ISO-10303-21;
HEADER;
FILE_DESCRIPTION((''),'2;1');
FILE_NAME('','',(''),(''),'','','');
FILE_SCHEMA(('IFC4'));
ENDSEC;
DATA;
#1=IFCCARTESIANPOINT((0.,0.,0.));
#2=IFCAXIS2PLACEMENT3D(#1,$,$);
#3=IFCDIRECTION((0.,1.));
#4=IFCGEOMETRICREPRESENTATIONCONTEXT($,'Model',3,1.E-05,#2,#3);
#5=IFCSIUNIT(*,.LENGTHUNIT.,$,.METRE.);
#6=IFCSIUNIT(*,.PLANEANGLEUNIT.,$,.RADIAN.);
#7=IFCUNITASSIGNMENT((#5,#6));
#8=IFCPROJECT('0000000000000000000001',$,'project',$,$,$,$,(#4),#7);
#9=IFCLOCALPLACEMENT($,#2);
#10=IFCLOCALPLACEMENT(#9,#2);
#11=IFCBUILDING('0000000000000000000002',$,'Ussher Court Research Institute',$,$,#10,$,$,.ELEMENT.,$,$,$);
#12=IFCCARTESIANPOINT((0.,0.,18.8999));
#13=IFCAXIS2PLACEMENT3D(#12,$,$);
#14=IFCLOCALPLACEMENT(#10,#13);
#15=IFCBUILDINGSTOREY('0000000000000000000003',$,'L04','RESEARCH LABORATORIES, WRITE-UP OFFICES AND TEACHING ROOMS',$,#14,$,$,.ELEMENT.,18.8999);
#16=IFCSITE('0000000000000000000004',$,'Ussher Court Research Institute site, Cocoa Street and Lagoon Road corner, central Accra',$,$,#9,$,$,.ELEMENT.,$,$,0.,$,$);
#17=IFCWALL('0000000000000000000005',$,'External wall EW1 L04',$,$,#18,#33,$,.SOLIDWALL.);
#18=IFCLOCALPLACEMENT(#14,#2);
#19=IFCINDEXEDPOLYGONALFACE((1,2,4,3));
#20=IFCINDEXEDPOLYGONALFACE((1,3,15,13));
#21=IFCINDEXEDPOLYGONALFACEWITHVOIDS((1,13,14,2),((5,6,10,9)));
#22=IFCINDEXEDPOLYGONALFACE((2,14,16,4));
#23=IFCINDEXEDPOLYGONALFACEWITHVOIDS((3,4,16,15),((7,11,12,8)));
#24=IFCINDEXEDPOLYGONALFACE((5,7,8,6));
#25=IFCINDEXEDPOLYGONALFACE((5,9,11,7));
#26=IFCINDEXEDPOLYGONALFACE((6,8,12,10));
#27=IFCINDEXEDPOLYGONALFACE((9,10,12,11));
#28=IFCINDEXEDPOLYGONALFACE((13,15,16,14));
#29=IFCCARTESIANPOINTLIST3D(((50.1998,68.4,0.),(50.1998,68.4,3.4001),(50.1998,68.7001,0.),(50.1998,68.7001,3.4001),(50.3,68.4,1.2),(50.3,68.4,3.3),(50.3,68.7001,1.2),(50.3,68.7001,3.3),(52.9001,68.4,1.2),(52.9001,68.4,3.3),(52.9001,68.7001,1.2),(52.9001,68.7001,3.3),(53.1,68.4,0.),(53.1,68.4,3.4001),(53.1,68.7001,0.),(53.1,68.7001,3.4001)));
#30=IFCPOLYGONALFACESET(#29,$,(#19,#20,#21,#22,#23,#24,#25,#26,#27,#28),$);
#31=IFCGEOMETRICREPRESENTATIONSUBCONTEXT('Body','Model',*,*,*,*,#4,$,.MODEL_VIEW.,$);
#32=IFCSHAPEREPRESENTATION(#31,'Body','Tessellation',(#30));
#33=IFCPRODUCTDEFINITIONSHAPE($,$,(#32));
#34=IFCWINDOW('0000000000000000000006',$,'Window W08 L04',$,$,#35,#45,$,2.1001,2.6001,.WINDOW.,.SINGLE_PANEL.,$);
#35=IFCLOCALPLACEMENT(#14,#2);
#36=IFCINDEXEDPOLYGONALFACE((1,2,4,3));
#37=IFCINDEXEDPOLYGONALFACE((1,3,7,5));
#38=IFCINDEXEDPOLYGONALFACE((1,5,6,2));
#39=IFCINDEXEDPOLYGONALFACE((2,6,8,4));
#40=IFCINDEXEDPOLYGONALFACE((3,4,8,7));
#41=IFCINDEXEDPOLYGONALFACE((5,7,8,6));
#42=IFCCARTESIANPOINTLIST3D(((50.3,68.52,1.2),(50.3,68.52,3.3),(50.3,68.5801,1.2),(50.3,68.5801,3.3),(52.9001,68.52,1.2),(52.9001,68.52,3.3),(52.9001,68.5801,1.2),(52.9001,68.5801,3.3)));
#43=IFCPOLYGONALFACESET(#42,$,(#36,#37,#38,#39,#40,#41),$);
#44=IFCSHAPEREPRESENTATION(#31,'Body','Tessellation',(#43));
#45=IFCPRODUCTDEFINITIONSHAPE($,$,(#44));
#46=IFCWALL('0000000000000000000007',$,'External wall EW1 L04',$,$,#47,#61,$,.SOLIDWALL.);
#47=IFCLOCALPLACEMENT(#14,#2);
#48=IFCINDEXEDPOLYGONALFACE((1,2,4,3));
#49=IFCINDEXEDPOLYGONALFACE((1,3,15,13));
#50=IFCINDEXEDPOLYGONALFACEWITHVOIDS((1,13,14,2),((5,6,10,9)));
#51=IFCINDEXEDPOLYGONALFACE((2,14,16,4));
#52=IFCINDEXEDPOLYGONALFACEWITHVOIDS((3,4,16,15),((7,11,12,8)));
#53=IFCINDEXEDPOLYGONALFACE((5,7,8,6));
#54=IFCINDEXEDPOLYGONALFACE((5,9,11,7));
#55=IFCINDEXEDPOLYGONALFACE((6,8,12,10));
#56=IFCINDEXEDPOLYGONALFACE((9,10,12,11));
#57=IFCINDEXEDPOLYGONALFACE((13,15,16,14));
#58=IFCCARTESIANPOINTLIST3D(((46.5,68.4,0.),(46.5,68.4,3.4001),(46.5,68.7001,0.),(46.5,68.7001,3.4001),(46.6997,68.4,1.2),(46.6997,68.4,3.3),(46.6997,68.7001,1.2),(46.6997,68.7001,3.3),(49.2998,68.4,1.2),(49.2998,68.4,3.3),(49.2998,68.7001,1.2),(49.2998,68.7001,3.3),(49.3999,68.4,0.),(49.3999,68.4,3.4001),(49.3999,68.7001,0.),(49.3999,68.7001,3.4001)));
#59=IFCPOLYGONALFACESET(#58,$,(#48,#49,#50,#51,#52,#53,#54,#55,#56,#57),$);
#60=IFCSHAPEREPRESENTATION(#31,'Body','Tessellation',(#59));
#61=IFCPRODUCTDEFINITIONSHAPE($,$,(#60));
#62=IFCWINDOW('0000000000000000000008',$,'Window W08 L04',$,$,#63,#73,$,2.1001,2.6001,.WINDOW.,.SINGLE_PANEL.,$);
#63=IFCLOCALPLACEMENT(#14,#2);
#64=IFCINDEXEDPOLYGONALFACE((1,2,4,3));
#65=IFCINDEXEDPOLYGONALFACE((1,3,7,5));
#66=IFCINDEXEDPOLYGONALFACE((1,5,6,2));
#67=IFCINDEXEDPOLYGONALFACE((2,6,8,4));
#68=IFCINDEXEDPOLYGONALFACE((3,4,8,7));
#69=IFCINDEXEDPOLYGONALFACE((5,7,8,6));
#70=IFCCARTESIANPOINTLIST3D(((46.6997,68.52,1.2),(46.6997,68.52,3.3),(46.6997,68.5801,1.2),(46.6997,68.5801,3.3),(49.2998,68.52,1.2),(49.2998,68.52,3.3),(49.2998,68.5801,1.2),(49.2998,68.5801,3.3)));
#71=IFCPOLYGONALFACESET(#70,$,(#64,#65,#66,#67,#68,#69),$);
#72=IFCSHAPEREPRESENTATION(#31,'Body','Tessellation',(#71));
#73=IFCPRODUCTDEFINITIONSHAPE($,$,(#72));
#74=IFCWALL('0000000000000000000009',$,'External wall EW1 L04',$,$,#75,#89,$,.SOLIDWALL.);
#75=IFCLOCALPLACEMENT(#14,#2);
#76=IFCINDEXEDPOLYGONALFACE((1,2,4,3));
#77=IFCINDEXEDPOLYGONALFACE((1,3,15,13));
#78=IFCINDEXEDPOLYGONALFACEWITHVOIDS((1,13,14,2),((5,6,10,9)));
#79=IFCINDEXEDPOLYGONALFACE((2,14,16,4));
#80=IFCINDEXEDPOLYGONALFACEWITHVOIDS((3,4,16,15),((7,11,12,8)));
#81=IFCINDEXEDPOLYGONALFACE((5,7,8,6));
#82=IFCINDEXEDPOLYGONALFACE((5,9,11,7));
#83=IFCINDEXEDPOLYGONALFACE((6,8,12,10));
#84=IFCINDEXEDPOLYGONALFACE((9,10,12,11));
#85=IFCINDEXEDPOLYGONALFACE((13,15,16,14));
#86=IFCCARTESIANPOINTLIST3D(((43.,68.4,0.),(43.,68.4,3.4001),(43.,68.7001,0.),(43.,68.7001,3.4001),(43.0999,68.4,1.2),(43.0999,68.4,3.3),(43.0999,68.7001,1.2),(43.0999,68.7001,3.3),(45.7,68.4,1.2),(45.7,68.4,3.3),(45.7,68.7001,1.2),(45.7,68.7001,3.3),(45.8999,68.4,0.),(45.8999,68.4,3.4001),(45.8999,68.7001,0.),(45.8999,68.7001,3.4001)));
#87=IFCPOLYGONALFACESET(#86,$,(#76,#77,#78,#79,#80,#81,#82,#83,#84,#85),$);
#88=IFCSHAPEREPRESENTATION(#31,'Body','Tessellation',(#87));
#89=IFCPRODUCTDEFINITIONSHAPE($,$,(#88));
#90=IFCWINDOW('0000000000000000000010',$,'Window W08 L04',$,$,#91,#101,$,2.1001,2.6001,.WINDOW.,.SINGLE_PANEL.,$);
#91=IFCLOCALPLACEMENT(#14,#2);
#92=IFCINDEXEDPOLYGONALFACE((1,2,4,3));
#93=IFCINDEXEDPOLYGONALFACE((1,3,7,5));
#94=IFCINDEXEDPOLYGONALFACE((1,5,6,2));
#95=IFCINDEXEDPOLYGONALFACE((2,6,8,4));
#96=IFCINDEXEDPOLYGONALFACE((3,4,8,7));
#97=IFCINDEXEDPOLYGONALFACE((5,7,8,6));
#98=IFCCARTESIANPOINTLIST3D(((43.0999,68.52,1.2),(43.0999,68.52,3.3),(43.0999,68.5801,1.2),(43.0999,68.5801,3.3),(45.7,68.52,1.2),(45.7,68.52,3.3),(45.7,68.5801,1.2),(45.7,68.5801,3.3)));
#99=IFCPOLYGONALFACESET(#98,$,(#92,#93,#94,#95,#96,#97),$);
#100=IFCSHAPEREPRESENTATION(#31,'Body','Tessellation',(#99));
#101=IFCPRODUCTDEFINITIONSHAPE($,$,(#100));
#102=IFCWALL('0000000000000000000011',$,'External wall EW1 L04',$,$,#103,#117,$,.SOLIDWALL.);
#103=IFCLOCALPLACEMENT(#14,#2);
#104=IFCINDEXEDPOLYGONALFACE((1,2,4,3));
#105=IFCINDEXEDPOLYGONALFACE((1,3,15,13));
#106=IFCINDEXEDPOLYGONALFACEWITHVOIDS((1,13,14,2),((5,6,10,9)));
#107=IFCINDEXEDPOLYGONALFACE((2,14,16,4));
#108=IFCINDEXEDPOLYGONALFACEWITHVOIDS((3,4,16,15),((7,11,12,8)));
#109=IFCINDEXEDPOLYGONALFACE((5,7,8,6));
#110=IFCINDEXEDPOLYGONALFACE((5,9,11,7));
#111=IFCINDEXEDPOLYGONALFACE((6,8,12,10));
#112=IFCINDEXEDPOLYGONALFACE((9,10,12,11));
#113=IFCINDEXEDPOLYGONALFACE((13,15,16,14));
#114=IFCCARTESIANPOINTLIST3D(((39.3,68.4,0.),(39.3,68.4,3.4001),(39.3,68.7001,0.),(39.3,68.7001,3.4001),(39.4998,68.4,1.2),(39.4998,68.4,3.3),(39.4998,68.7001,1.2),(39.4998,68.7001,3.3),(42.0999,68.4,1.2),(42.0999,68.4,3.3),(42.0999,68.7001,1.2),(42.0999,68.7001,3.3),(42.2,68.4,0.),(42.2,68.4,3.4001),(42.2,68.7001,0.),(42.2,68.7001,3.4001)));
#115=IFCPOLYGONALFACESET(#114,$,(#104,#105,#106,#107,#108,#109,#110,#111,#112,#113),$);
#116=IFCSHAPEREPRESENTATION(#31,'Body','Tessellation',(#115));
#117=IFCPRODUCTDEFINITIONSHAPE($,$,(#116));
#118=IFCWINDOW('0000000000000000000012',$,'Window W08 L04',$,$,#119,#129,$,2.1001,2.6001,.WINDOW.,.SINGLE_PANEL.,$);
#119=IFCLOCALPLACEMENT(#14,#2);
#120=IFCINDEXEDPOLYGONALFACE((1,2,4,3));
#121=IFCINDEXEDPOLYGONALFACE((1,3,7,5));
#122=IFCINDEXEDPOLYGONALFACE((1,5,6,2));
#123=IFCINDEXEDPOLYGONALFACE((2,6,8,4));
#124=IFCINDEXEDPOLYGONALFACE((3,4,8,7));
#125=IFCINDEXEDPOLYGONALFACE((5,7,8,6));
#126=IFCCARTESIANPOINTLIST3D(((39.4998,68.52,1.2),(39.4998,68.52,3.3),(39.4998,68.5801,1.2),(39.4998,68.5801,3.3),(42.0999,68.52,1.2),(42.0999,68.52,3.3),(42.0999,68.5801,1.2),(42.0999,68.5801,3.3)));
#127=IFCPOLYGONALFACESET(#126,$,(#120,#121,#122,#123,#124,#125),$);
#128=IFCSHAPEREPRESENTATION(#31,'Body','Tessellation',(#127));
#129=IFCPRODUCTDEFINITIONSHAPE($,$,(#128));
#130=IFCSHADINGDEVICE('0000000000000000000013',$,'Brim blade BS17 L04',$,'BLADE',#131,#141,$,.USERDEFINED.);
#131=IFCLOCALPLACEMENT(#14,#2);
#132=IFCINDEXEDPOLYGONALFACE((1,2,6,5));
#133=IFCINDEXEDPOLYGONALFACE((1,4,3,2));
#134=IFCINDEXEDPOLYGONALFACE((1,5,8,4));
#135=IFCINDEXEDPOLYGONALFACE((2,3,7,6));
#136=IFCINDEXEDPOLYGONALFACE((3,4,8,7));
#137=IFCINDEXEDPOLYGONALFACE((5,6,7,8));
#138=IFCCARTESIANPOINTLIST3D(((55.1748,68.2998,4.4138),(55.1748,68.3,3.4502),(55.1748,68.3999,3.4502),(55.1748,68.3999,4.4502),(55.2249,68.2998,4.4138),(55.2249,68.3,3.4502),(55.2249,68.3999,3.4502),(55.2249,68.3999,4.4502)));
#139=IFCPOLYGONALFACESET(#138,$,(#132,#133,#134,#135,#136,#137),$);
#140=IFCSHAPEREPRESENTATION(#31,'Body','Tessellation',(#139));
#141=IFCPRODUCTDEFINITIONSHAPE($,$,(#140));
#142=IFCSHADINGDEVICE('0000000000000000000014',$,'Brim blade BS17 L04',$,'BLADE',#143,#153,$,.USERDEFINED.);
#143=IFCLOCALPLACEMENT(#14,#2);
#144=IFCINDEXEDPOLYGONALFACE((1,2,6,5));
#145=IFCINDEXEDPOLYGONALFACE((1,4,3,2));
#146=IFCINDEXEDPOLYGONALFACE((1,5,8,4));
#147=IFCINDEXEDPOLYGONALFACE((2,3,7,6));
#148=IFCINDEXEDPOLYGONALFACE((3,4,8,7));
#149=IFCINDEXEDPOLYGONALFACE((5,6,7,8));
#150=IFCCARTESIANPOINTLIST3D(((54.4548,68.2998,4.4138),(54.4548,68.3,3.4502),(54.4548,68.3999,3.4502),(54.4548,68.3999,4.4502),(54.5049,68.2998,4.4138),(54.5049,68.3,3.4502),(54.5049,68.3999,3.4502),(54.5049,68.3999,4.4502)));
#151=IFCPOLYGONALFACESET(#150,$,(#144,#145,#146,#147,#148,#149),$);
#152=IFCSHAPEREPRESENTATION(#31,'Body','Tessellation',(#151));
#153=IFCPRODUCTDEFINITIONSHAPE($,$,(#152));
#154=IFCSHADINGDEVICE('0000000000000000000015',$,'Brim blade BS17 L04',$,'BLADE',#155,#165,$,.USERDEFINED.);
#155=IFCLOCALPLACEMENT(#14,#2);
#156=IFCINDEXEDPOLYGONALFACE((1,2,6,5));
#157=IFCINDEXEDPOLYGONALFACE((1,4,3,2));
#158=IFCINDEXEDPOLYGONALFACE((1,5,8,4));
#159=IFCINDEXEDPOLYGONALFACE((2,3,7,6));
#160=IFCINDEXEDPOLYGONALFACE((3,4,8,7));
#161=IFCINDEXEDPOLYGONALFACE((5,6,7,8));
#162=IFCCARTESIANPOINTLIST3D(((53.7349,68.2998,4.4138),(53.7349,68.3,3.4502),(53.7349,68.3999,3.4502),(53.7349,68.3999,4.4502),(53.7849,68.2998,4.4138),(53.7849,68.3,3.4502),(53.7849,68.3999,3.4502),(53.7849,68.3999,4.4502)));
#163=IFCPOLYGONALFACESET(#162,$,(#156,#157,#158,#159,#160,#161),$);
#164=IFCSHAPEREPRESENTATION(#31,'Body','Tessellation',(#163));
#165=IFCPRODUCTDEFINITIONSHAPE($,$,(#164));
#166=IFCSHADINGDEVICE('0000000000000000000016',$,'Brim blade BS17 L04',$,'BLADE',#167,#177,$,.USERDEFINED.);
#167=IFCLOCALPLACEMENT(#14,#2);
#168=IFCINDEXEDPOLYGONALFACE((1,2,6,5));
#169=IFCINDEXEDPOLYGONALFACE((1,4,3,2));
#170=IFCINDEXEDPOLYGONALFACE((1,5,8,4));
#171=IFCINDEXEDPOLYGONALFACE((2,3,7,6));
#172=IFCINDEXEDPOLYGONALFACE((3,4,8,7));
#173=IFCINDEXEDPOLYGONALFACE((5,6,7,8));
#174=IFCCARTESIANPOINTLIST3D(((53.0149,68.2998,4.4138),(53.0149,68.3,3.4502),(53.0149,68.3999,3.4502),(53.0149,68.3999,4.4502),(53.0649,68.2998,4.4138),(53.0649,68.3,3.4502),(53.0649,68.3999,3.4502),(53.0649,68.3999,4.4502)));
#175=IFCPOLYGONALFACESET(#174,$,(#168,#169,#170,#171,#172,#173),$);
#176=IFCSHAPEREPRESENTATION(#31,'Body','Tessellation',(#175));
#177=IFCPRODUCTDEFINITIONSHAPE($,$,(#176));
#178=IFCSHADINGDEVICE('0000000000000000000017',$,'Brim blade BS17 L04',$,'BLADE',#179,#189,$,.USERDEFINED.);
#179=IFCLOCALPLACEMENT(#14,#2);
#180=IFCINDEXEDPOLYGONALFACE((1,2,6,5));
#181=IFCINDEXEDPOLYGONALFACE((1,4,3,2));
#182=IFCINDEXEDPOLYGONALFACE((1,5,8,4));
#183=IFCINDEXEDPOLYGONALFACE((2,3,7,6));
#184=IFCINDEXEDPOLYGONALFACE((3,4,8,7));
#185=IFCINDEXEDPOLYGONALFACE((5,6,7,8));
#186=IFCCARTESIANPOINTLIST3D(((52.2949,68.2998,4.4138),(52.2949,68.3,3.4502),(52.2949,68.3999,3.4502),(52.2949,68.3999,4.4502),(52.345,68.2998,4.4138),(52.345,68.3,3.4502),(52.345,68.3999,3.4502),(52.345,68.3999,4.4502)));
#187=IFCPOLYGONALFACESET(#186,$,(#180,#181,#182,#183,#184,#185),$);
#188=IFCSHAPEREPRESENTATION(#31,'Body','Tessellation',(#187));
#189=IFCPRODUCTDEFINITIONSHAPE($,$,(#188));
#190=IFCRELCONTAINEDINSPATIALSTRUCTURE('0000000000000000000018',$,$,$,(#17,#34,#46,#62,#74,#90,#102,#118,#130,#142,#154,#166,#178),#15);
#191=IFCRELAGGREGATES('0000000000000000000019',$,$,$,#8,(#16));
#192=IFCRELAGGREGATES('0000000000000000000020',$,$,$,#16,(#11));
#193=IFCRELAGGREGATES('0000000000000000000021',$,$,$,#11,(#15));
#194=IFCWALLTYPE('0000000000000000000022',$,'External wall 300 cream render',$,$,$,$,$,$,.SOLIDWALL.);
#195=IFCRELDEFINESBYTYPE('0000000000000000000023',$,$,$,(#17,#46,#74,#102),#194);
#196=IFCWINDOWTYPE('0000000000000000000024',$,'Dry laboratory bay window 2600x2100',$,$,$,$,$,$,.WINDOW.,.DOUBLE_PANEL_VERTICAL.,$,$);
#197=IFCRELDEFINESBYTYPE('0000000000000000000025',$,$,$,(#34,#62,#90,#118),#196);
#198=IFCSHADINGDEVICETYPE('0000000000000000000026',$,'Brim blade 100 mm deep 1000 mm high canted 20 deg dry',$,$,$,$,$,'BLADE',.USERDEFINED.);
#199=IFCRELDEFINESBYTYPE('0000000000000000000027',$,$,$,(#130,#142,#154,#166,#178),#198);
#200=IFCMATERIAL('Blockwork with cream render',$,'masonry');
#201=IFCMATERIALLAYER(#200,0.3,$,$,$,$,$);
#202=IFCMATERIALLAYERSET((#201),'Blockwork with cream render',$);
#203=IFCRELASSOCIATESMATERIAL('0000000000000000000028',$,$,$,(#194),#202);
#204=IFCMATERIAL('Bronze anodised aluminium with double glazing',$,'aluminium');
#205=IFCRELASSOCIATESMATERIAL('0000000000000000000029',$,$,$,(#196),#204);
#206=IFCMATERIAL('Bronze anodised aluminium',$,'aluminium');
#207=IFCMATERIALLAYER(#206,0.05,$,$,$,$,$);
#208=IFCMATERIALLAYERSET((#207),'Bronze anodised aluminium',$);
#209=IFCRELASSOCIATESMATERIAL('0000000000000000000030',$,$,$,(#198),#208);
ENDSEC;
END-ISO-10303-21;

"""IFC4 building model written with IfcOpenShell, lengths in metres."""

from ifc_helpers import new_model, si_unit, direction, frame, frame_2d, origin, place, context, subcontext, project, spatial, polyline, rectangle, outline, extrude, material, layer, layer_set, type_object, element, fill, save


model = new_model("IFC4")

# Units and contexts
model_context = context("Model", 3, precision=1e-05, world=origin(), true_north=direction((0.0, 1.0)))
body_context = subcontext(model_context, "Body", "Model", "MODEL_VIEW")
ifc_project = project(units=[si_unit("LENGTHUNIT", "METRE"), si_unit("PLANEANGLEUNIT", "RADIAN")], contexts=[model_context])

# Site, building, storey
site_placement = place(None, origin())
site = spatial("IfcSite", under=ifc_project, at=site_placement, Name="Ussher Court Research Institute site, Cocoa Street and Lagoon Road corner, central Accra", CompositionType="ELEMENT", RefElevation=0.0)
building_placement = place(site_placement, origin())
building = spatial("IfcBuilding", under=site, at=building_placement, Name="Ussher Court Research Institute", CompositionType="ELEMENT")
storey_placement = place(building_placement, frame((0.0, 0.0, 18.8999)))
storey = spatial("IfcBuildingStorey", under=building, at=storey_placement, Name="L04", Description="RESEARCH LABORATORIES, WRITE-UP OFFICES AND TEACHING ROOMS", CompositionType="ELEMENT", Elevation=18.8999)

# Walls, openings, windows
ifc_material_1 = material(Name="Blockwork with cream render", Category="masonry")
ifc_layer_1 = layer(ifc_material_1, 0.3)
ifc_layer_set_1 = layer_set([ifc_layer_1], Name="Blockwork with cream render")
wall_type = type_object("IfcWallType", Name="External wall 300 cream render", PredefinedType="SOLIDWALL", material=ifc_layer_set_1)
wall_1_placement = place(storey_placement, frame((53.1001, 68.55, 0.0), z_axis=(0.0, 0.0, 1.0), x_axis=(-1.0, 0.0, 0.0)))
wall_1 = element("IfcWall", 1, at=wall_1_placement, inside=storey, type_object=wall_type, Name="External wall EW1 L04", PredefinedType="SOLIDWALL", context=body_context, shape_type="SweptSolid", body=[
    extrude(rectangle(XDim=2.9001, YDim=0.3, at=frame_2d((1.4502, 0.0))), origin(), (0.0, 0.0, 1.0), 3.4001),
])
opening_1_placement = place(wall_1_placement, frame((0.2, 0.0, 1.2)))
opening_1 = element("IfcOpeningElement", 2, at=opening_1_placement, cuts=wall_1, PredefinedType="OPENING", context=body_context, shape_type="SweptSolid", body=[
    extrude(rectangle(XDim=2.6001, YDim=2.1001, at=frame_2d((1.3, 1.05))), frame((0.0, 0.1602, 0.0), z_axis=(0.0, -1.0, 0.0), x_axis=(1.0, 0.0, 0.0)), (0.0, 0.0, 1.0), 0.3201),
])
ifc_material_2 = material(Name="Bronze anodised aluminium with double glazing", Category="aluminium")
window_type = type_object("IfcWindowType", Name="Dry laboratory bay window 2600x2100", PartitioningType="DOUBLE_PANEL_VERTICAL", PredefinedType="WINDOW", material=ifc_material_2)
window_1_placement = place(opening_1_placement, origin())
window_1 = element("IfcWindow", 3, at=window_1_placement, inside=storey, type_object=window_type, Name="Window W08 L04", OverallHeight=2.1001, OverallWidth=2.6001, PartitioningType="SINGLE_PANEL", PredefinedType="WINDOW", context=body_context, shape_type="SweptSolid", body=[
    extrude(rectangle(XDim=2.6001, YDim=2.1001, at=frame_2d((1.3, 1.05))), frame((0.0, 0.03, 0.0), z_axis=(0.0, -1.0, 0.0), x_axis=(1.0, 0.0, 0.0)), (0.0, 0.0, 1.0), 0.0601),
])
fill(opening_1, window_1)
wall_2_placement = place(storey_placement, frame((49.3999, 68.55, 0.0), z_axis=(0.0, 0.0, 1.0), x_axis=(-1.0, 0.0, 0.0)))
wall_2 = element("IfcWall", 4, at=wall_2_placement, inside=storey, type_object=wall_type, Name="External wall EW1 L04", PredefinedType="SOLIDWALL", context=body_context, shape_type="SweptSolid", body=[
    extrude(rectangle(XDim=2.8999, YDim=0.3, at=frame_2d((1.45, 0.0))), origin(), (0.0, 0.0, 1.0), 3.4001),
])
opening_2_placement = place(wall_2_placement, frame((0.1001, 0.0, 1.2)))
opening_2 = element("IfcOpeningElement", 5, at=opening_2_placement, cuts=wall_2, PredefinedType="OPENING", context=body_context, shape_type="SweptSolid", body=[
    extrude(rectangle(XDim=2.6001, YDim=2.1001, at=frame_2d((1.3, 1.05))), frame((0.0, 0.1602, 0.0), z_axis=(0.0, -1.0, 0.0), x_axis=(1.0, 0.0, 0.0)), (0.0, 0.0, 1.0), 0.3201),
])
window_2_placement = place(opening_2_placement, origin())
window_2 = element("IfcWindow", 6, at=window_2_placement, inside=storey, type_object=window_type, Name="Window W08 L04", OverallHeight=2.1001, OverallWidth=2.6001, PartitioningType="SINGLE_PANEL", PredefinedType="WINDOW", context=body_context, shape_type="SweptSolid", body=[
    extrude(rectangle(XDim=2.6001, YDim=2.1001, at=frame_2d((1.3, 1.05))), frame((0.0, 0.03, 0.0), z_axis=(0.0, -1.0, 0.0), x_axis=(1.0, 0.0, 0.0)), (0.0, 0.0, 1.0), 0.0601),
])
fill(opening_2, window_2)
wall_3_placement = place(storey_placement, frame((45.8999, 68.55, 0.0), z_axis=(0.0, 0.0, 1.0), x_axis=(-1.0, 0.0, 0.0)))
wall_3 = element("IfcWall", 7, at=wall_3_placement, inside=storey, type_object=wall_type, Name="External wall EW1 L04", PredefinedType="SOLIDWALL", context=body_context, shape_type="SweptSolid", body=[
    extrude(rectangle(XDim=2.8999, YDim=0.3, at=frame_2d((1.45, 0.0))), origin(), (0.0, 0.0, 1.0), 3.4001),
])
opening_3_placement = place(wall_3_placement, frame((0.2, 0.0, 1.2)))
opening_3 = element("IfcOpeningElement", 8, at=opening_3_placement, cuts=wall_3, PredefinedType="OPENING", context=body_context, shape_type="SweptSolid", body=[
    extrude(rectangle(XDim=2.6001, YDim=2.1001, at=frame_2d((1.3, 1.05))), frame((0.0, 0.1602, 0.0), z_axis=(0.0, -1.0, 0.0), x_axis=(1.0, 0.0, 0.0)), (0.0, 0.0, 1.0), 0.3201),
])
window_3_placement = place(opening_3_placement, origin())
window_3 = element("IfcWindow", 9, at=window_3_placement, inside=storey, type_object=window_type, Name="Window W08 L04", OverallHeight=2.1001, OverallWidth=2.6001, PartitioningType="SINGLE_PANEL", PredefinedType="WINDOW", context=body_context, shape_type="SweptSolid", body=[
    extrude(rectangle(XDim=2.6001, YDim=2.1001, at=frame_2d((1.3, 1.05))), frame((0.0, 0.03, 0.0), z_axis=(0.0, -1.0, 0.0), x_axis=(1.0, 0.0, 0.0)), (0.0, 0.0, 1.0), 0.0601),
])
fill(opening_3, window_3)
wall_4_placement = place(storey_placement, frame((42.2, 68.55, 0.0), z_axis=(0.0, 0.0, 1.0), x_axis=(-1.0, 0.0, 0.0)))
wall_4 = element("IfcWall", 10, at=wall_4_placement, inside=storey, type_object=wall_type, Name="External wall EW1 L04", PredefinedType="SOLIDWALL", context=body_context, shape_type="SweptSolid", body=[
    extrude(rectangle(XDim=2.8999, YDim=0.3, at=frame_2d((1.45, 0.0))), origin(), (0.0, 0.0, 1.0), 3.4001),
])
opening_4_placement = place(wall_4_placement, frame((0.1001, 0.0, 1.2)))
opening_4 = element("IfcOpeningElement", 11, at=opening_4_placement, cuts=wall_4, PredefinedType="OPENING", context=body_context, shape_type="SweptSolid", body=[
    extrude(rectangle(XDim=2.6001, YDim=2.1001, at=frame_2d((1.3, 1.05))), frame((0.0, 0.1602, 0.0), z_axis=(0.0, -1.0, 0.0), x_axis=(1.0, 0.0, 0.0)), (0.0, 0.0, 1.0), 0.3201),
])
window_4_placement = place(opening_4_placement, origin())
window_4 = element("IfcWindow", 12, at=window_4_placement, inside=storey, type_object=window_type, Name="Window W08 L04", OverallHeight=2.1001, OverallWidth=2.6001, PartitioningType="SINGLE_PANEL", PredefinedType="WINDOW", context=body_context, shape_type="SweptSolid", body=[
    extrude(rectangle(XDim=2.6001, YDim=2.1001, at=frame_2d((1.3, 1.05))), frame((0.0, 0.03, 0.0), z_axis=(0.0, -1.0, 0.0), x_axis=(1.0, 0.0, 0.0)), (0.0, 0.0, 1.0), 0.0601),
])
fill(opening_4, window_4)

# Shading devices
ifc_material_3 = material(Name="Bronze anodised aluminium", Category="aluminium")
ifc_layer_2 = layer(ifc_material_3, 0.05)
ifc_layer_set_2 = layer_set([ifc_layer_2], Name="Bronze anodised aluminium")
shading_device_type_1 = type_object("IfcShadingDeviceType", Name="Brim blade 100 mm deep 1000 mm high canted 20 deg dry", ElementType="BLADE", PredefinedType="USERDEFINED", material=ifc_layer_set_2)
for number, where, z_axis, x_axis, name in (
    (13, (55.2, 68.3999, 3.4502), (0.0, 0.0, 1.0), (0.0, -1.0, 0.0), "Brim blade BS17 L04"),
    (14, (54.48, 68.3999, 3.4502), (0.0, 0.0, 1.0), (0.0, -1.0, 0.0), "Brim blade BS17 L04"),
    (15, (53.76, 68.3999, 3.4502), (0.0, 0.0, 1.0), (0.0, -1.0, 0.0), "Brim blade BS17 L04"),
    (16, (53.04, 68.3999, 3.4502), (0.0, 0.0, 1.0), (0.0, -1.0, 0.0), "Brim blade BS17 L04"),
    (17, (52.3201, 68.3999, 3.4502), (0.0, 0.0, 1.0), (0.0, -1.0, 0.0), "Brim blade BS17 L04"),
):
    element("IfcShadingDevice", number, at=place(storey_placement, frame(where, z_axis=z_axis, x_axis=x_axis)), inside=storey, type_object=shading_device_type_1, Name=name, ObjectType="BLADE", PredefinedType="USERDEFINED", context=body_context, shape_type="SweptSolid", body=[
        extrude(outline(polyline([(0.0, 0.0), (0.0999, 0.0), (0.1001, 0.9636), (0.0, 1.0), (0.0, 0.0)])), frame((0.0, 0.0249, 0.0), z_axis=(0.0, -1.0, 0.0), x_axis=(1.0, 0.0, 0.0)), (0.0, 0.0, 1.0), 0.05),
    ])

save(model, "model.ifc")
